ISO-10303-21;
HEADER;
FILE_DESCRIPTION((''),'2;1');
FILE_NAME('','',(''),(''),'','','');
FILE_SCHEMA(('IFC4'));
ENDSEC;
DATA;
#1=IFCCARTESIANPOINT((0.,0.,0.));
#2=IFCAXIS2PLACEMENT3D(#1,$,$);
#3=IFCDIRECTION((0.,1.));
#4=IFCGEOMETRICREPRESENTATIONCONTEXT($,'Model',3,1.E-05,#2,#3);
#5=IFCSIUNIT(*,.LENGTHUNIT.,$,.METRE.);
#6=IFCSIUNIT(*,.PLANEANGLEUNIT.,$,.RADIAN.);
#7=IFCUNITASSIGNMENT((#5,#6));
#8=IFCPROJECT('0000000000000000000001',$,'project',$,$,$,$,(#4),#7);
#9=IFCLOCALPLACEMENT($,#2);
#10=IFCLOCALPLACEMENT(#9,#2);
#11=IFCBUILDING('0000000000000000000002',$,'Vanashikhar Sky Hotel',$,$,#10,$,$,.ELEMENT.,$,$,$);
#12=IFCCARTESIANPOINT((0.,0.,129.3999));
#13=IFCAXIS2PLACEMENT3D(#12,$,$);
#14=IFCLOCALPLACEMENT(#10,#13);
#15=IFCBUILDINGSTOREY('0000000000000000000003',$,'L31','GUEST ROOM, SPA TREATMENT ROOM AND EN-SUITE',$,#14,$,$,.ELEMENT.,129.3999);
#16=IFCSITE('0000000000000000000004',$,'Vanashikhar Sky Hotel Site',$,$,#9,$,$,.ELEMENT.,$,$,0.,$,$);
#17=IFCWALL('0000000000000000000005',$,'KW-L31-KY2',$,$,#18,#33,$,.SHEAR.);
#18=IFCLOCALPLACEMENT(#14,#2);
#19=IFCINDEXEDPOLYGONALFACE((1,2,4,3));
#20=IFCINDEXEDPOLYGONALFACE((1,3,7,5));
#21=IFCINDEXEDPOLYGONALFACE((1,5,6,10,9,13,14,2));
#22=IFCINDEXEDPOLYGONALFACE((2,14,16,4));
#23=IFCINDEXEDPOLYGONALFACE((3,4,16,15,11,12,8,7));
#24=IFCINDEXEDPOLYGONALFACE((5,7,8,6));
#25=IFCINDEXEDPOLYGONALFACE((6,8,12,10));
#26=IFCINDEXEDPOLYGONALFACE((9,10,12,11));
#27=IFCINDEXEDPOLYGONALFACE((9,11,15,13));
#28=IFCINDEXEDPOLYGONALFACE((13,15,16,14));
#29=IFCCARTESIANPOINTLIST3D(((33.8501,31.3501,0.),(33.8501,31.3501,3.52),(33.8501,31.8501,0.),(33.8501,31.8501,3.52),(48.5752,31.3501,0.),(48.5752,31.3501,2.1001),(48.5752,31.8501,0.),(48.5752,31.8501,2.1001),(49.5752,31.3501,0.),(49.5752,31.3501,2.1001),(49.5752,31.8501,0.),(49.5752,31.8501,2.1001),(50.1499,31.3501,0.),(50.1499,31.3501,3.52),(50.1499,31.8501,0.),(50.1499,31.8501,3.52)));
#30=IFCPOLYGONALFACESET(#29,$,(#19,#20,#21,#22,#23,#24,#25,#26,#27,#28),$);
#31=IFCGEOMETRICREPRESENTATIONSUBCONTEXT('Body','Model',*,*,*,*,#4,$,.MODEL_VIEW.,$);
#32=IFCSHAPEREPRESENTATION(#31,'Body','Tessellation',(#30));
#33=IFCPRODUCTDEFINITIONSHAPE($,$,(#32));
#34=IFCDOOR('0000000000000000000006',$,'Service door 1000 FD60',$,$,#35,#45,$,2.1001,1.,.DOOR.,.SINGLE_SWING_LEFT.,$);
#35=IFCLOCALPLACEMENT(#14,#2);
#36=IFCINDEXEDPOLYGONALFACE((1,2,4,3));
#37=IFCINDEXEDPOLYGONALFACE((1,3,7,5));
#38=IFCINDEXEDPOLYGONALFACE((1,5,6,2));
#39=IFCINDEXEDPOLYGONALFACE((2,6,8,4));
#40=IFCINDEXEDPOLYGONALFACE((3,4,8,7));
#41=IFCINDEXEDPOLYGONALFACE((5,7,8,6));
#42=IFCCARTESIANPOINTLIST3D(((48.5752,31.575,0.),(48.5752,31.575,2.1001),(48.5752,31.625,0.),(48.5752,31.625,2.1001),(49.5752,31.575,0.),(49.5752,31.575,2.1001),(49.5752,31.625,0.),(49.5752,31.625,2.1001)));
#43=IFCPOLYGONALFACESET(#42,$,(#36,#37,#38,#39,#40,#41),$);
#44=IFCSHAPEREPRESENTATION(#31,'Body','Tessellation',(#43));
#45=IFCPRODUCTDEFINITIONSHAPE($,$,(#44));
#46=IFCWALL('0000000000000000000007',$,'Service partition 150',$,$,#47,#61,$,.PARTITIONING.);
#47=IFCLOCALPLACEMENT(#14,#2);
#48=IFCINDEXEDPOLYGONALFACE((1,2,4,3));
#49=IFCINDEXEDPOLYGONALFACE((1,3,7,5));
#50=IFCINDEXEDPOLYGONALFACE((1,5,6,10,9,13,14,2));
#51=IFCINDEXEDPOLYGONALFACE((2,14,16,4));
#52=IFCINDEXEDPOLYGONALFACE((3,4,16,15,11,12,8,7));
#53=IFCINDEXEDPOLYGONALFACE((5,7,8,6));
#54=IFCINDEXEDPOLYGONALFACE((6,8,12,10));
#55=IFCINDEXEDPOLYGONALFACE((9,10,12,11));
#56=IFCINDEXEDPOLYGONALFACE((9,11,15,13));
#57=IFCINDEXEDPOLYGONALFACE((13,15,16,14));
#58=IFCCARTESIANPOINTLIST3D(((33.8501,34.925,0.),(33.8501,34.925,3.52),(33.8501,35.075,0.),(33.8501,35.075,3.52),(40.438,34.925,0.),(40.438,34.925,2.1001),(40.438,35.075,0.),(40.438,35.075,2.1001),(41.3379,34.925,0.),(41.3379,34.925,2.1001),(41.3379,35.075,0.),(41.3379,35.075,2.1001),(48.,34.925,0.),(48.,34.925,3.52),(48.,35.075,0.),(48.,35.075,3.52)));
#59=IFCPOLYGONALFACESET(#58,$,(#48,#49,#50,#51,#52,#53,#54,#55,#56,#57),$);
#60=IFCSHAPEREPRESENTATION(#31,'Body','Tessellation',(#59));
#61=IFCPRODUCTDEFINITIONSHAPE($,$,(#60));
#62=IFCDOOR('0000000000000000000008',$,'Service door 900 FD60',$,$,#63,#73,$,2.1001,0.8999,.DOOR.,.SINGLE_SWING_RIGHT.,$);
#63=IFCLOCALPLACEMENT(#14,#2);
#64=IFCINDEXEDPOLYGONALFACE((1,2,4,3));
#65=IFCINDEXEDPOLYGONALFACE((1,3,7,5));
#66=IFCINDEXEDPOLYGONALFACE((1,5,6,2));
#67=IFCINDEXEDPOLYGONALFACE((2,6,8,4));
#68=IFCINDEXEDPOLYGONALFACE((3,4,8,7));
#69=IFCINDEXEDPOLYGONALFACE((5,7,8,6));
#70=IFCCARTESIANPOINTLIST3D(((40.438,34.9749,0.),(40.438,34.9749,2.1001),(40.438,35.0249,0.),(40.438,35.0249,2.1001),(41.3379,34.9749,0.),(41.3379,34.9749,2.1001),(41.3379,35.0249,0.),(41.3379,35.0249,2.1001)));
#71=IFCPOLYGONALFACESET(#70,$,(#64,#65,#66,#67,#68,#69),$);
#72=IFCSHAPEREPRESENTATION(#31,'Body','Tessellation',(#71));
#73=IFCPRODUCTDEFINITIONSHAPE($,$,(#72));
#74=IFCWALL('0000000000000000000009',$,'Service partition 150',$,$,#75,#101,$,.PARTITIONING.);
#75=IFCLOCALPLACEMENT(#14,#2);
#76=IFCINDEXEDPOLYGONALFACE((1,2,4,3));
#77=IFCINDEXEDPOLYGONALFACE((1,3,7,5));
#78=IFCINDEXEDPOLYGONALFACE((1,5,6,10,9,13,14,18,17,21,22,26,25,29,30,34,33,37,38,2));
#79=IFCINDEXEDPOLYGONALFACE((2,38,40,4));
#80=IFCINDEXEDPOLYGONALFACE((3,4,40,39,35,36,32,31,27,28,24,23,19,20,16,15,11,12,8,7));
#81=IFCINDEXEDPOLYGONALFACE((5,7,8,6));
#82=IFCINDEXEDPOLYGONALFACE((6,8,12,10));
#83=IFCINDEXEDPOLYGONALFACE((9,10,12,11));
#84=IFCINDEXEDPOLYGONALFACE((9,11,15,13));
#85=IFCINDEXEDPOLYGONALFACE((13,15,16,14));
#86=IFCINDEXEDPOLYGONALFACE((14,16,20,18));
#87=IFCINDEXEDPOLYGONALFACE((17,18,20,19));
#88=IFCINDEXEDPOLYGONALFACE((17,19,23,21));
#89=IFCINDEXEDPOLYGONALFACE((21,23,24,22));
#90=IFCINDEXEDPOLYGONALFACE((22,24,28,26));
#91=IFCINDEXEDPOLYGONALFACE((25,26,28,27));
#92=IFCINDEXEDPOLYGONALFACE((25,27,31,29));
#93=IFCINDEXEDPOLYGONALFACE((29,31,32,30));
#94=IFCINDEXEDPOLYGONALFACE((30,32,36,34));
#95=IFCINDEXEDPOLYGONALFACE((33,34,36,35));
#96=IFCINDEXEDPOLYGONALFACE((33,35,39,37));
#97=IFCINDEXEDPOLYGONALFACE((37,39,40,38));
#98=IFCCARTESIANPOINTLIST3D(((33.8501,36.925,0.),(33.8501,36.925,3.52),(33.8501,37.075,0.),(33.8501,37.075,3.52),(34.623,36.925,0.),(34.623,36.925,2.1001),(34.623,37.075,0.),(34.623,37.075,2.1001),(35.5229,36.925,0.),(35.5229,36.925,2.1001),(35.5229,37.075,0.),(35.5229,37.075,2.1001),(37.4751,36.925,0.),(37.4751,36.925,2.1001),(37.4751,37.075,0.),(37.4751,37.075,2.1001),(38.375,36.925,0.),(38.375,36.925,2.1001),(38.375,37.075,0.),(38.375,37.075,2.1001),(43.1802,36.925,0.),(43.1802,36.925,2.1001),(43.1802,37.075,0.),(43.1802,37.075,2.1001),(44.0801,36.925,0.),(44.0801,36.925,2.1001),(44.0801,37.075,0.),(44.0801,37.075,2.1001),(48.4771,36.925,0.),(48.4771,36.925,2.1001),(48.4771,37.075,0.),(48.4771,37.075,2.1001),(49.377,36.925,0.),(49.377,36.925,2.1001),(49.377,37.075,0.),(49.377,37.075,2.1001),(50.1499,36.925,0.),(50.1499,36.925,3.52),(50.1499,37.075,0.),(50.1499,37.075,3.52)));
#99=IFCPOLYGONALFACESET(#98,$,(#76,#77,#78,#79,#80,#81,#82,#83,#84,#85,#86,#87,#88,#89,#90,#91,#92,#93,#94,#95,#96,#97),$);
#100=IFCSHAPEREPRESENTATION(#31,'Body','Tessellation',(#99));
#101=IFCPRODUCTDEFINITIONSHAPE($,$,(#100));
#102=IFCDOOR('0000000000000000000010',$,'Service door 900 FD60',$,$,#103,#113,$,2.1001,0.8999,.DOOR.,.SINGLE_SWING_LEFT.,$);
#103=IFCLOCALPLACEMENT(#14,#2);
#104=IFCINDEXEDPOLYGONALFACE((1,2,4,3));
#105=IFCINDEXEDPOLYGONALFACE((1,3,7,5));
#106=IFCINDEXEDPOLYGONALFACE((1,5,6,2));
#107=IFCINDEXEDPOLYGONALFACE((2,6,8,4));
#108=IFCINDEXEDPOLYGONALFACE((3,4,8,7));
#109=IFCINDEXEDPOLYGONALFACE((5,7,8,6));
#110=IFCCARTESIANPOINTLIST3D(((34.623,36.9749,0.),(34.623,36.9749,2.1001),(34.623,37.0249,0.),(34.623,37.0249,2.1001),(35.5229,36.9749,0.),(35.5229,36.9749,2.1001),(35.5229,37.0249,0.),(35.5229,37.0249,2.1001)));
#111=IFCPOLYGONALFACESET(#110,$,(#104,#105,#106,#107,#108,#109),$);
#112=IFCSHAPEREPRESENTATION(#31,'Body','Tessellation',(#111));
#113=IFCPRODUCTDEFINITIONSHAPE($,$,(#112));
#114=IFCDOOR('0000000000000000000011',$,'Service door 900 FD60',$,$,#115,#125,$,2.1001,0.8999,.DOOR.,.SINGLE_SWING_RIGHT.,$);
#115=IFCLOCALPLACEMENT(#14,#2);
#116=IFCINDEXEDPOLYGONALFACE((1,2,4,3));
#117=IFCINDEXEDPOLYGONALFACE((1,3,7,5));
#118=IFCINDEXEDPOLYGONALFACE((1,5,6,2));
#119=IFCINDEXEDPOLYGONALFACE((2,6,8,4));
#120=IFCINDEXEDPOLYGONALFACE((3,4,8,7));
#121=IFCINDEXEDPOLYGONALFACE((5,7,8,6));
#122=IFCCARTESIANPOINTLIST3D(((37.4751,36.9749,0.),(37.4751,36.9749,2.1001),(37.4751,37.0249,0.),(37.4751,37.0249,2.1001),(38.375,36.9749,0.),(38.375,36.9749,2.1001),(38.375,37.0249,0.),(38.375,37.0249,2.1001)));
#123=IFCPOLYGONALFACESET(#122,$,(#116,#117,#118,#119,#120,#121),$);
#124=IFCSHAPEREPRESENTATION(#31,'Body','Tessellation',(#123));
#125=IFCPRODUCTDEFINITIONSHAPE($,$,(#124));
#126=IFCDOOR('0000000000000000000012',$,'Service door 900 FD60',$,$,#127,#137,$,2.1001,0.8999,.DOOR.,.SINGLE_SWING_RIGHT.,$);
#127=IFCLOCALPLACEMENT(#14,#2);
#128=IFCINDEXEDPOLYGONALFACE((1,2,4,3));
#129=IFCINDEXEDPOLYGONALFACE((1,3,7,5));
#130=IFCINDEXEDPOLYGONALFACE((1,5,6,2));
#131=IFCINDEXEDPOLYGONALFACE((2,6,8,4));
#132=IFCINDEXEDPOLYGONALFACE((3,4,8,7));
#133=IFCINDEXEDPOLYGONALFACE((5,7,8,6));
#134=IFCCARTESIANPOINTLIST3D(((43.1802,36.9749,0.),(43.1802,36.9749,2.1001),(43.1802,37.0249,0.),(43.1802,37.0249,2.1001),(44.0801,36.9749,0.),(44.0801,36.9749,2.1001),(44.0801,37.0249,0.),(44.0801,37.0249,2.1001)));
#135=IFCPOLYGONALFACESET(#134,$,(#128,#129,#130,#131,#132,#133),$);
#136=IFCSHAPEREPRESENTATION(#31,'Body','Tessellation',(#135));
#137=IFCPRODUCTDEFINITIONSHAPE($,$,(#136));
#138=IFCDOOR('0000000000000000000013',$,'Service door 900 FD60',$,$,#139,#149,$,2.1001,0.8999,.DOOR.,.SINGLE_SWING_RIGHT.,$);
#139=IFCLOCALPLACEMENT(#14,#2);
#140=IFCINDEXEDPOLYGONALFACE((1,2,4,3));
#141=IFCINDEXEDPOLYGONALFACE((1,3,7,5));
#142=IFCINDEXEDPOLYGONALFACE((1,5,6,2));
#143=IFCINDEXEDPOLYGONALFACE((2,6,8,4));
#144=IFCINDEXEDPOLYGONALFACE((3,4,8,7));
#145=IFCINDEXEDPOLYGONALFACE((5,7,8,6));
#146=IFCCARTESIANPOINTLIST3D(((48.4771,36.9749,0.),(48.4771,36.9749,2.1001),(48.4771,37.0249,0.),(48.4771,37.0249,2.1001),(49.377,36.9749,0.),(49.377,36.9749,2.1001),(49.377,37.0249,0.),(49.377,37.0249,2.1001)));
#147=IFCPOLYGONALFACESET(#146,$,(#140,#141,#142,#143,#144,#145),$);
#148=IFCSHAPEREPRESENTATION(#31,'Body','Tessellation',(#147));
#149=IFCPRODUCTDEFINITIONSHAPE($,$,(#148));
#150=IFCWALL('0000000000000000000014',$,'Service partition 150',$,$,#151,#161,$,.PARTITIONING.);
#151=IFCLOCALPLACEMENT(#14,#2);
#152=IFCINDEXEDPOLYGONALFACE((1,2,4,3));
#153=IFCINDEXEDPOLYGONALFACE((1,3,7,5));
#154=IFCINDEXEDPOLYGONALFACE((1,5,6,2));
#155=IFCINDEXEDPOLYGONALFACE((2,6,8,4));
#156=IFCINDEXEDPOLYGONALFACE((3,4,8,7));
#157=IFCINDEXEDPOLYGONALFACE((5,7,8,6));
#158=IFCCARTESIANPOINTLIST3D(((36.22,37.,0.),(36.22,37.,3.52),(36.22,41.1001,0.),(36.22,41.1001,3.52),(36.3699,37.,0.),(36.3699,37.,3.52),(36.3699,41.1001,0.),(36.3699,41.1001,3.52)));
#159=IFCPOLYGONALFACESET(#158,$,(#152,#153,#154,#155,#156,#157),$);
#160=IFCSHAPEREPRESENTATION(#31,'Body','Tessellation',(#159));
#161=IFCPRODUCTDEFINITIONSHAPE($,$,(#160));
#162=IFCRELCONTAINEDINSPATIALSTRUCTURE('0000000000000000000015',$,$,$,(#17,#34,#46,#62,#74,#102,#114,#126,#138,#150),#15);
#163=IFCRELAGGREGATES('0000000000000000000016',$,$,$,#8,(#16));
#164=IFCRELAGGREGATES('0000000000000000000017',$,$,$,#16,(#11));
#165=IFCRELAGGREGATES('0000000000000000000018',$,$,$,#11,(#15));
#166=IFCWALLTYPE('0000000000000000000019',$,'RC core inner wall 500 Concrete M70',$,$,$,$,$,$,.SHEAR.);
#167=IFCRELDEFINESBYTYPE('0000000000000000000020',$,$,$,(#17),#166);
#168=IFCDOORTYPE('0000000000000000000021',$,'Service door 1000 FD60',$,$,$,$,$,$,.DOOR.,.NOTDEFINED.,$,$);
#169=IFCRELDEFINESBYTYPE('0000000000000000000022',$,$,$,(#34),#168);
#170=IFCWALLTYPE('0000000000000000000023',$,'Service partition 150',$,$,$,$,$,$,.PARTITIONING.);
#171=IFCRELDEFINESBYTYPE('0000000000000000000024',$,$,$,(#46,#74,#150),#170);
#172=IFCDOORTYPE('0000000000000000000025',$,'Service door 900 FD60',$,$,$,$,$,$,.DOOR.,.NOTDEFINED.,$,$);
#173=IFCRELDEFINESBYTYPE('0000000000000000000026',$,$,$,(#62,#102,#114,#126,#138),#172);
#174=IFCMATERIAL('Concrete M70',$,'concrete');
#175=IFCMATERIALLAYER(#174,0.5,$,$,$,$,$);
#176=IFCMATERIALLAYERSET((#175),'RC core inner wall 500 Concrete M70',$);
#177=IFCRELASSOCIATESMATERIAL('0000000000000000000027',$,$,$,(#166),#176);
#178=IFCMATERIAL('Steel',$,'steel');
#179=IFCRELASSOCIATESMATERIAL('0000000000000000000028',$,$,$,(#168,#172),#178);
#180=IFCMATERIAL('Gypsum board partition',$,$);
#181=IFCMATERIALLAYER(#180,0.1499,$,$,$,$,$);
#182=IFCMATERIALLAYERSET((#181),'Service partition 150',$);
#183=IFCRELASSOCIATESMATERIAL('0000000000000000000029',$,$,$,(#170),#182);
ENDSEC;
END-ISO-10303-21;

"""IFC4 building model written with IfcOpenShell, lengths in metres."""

from ifc_helpers import new_model, si_unit, direction, frame, frame_2d, origin, place, context, subcontext, project, spatial, rectangle, extrude, source, transform, mapped, material, layer, layer_set, type_object, element, fill, save


model = new_model("IFC4")

# Units and contexts
model_context = context("Model", 3, precision=1e-05, world=origin(), true_north=direction((0.0, 1.0)))
body_context = subcontext(model_context, "Body", "Model", "MODEL_VIEW")
ifc_project = project(units=[si_unit("LENGTHUNIT", "METRE"), si_unit("PLANEANGLEUNIT", "RADIAN")], contexts=[model_context])

# Site, building, storey
site_placement = place(None, origin())
site = spatial("IfcSite", under=ifc_project, at=site_placement, Name="Vanashikhar Sky Hotel Site", CompositionType="ELEMENT", RefElevation=0.0)
building_placement = place(site_placement, origin())
building = spatial("IfcBuilding", under=site, at=building_placement, Name="Vanashikhar Sky Hotel", CompositionType="ELEMENT")
storey_placement = place(building_placement, frame((0.0, 0.0, 129.3999)))
storey = spatial("IfcBuildingStorey", under=building, at=storey_placement, Name="L31", Description="GUEST ROOM, SPA TREATMENT ROOM AND EN-SUITE", CompositionType="ELEMENT", Elevation=129.3999)

# Walls, openings, doors
ifc_material_1 = material(Name="Concrete M70", Category="concrete")
ifc_layer_1 = layer(ifc_material_1, 0.5)
ifc_layer_set_1 = layer_set([ifc_layer_1], Name="RC core inner wall 500 Concrete M70")
wall_type_1 = type_object("IfcWallType", Name="RC core inner wall 500 Concrete M70", PredefinedType="SHEAR", material=ifc_layer_set_1)
shared_shape_1 = source(origin(), body_context, "Body", "SweptSolid", [
    extrude(rectangle(XDim=16.2998, YDim=0.5, at=frame_2d((8.1499, 0.0))), origin(), (0.0, 0.0, 1.0), 3.52),
])
wall_1_placement = place(storey_placement, frame((33.8501, 31.6001, 0.0), z_axis=(0.0, 0.0, 1.0), x_axis=(1.0, 0.0, 0.0)))
wall_1 = element("IfcWall", 1, at=wall_1_placement, inside=storey, type_object=wall_type_1, Name="KW-L31-KY2", PredefinedType="SHEAR", context=body_context, shape_type="MappedRepresentation", body=[
    mapped(shared_shape_1, transform((0.0, 0.0, 0.0), scale=1.0)),
])
shared_shape_2 = source(origin(), body_context, "Body", "SweptSolid", [
    extrude(rectangle(XDim=1.0, YDim=2.1001, at=frame_2d((0.5, 1.05))), frame((0.0, 0.26, 0.0), z_axis=(0.0, -1.0, 0.0), x_axis=(1.0, 0.0, 0.0)), (0.0, 0.0, 1.0), 0.52),
])
opening_1_placement = place(wall_1_placement, frame((14.7251, 0.0, 0.0)))
opening_1 = element("IfcOpeningElement", 2, at=opening_1_placement, cuts=wall_1, PredefinedType="OPENING", context=body_context, shape_type="MappedRepresentation", body=[
    mapped(shared_shape_2, transform((0.0, 0.0, 0.0), scale=1.0)),
])
ifc_material_2 = material(Name="Steel", Category="steel")
door_type_1 = type_object("IfcDoorType", Name="Service door 1000 FD60", OperationType="NOTDEFINED", PredefinedType="DOOR", material=ifc_material_2)
shared_shape_3 = source(origin(), body_context, "Body", "SweptSolid", [
    extrude(rectangle(XDim=1.0, YDim=2.1001, at=frame_2d((0.5, 1.05))), frame((0.0, 0.0249, 0.0), z_axis=(0.0, -1.0, 0.0), x_axis=(1.0, 0.0, 0.0)), (0.0, 0.0, 1.0), 0.05),
])
door_1_placement = place(opening_1_placement, origin())
door_1 = element("IfcDoor", 3, at=door_1_placement, inside=storey, type_object=door_type_1, Name="Service door 1000 FD60", OperationType="SINGLE_SWING_LEFT", OverallHeight=2.1001, OverallWidth=1.0, PredefinedType="DOOR", context=body_context, shape_type="MappedRepresentation", body=[
    mapped(shared_shape_3, transform((0.0, 0.0, 0.0), scale=1.0)),
])
fill(opening_1, door_1)
ifc_material_3 = material(Name="Gypsum board partition")
ifc_layer_2 = layer(ifc_material_3, 0.1499)
ifc_layer_set_2 = layer_set([ifc_layer_2], Name="Service partition 150")
wall_type_2 = type_object("IfcWallType", Name="Service partition 150", PredefinedType="PARTITIONING", material=ifc_layer_set_2)
shared_shape_4 = source(origin(), body_context, "Body", "SweptSolid", [
    extrude(rectangle(XDim=14.1499, YDim=0.1499, at=frame_2d((7.075, 0.0))), origin(), (0.0, 0.0, 1.0), 3.52),
])
wall_2_placement = place(storey_placement, frame((33.8501, 35.0, 0.0), z_axis=(0.0, 0.0, 1.0), x_axis=(1.0, 0.0, 0.0)))
wall_2 = element("IfcWall", 4, at=wall_2_placement, inside=storey, type_object=wall_type_2, Name="Service partition 150", PredefinedType="PARTITIONING", context=body_context, shape_type="MappedRepresentation", body=[
    mapped(shared_shape_4, transform((0.0, 0.0, 0.0), scale=1.0)),
])
shared_shape_5 = source(origin(), body_context, "Body", "SweptSolid", [
    extrude(rectangle(XDim=0.8999, YDim=2.1001, at=frame_2d((0.45, 1.05))), frame((0.0, 0.085, 0.0), z_axis=(0.0, -1.0, 0.0), x_axis=(1.0, 0.0, 0.0)), (0.0, 0.0, 1.0), 0.1699),
])
opening_2_placement = place(wall_2_placement, frame((6.5879, 0.0, 0.0)))
opening_2 = element("IfcOpeningElement", 5, at=opening_2_placement, cuts=wall_2, PredefinedType="OPENING", context=body_context, shape_type="MappedRepresentation", body=[
    mapped(shared_shape_5, transform((0.0, 0.0, 0.0), scale=1.0)),
])
door_type_2 = type_object("IfcDoorType", Name="Service door 900 FD60", OperationType="NOTDEFINED", PredefinedType="DOOR", material=ifc_material_2)
shared_shape_6 = source(origin(), body_context, "Body", "SweptSolid", [
    extrude(rectangle(XDim=0.8999, YDim=2.1001, at=frame_2d((0.45, 1.05))), frame((0.0, 0.0249, 0.0), z_axis=(0.0, -1.0, 0.0), x_axis=(1.0, 0.0, 0.0)), (0.0, 0.0, 1.0), 0.05),
])
door_2_placement = place(opening_2_placement, origin())
door_2 = element("IfcDoor", 6, at=door_2_placement, inside=storey, type_object=door_type_2, Name="Service door 900 FD60", OperationType="SINGLE_SWING_RIGHT", OverallHeight=2.1001, OverallWidth=0.8999, PredefinedType="DOOR", context=body_context, shape_type="MappedRepresentation", body=[
    mapped(shared_shape_6, transform((0.0, 0.0, 0.0), scale=1.0)),
])
fill(opening_2, door_2)

# Wall, openings, doors
shared_shape_7 = source(origin(), body_context, "Body", "SweptSolid", [
    extrude(rectangle(XDim=16.2998, YDim=0.1499, at=frame_2d((8.1499, 0.0))), origin(), (0.0, 0.0, 1.0), 3.52),
])
wall_3_placement = place(storey_placement, frame((33.8501, 37.0, 0.0), z_axis=(0.0, 0.0, 1.0), x_axis=(1.0, 0.0, 0.0)))
wall_3 = element("IfcWall", 7, at=wall_3_placement, inside=storey, type_object=wall_type_2, Name="Service partition 150", PredefinedType="PARTITIONING", context=body_context, shape_type="MappedRepresentation", body=[
    mapped(shared_shape_7, transform((0.0, 0.0, 0.0), scale=1.0)),
])
opening_3_placement = place(wall_3_placement, frame((0.7729, 0.0, 0.0)))
opening_3 = element("IfcOpeningElement", 8, at=opening_3_placement, cuts=wall_3, PredefinedType="OPENING", context=body_context, shape_type="MappedRepresentation", body=[
    mapped(shared_shape_5, transform((0.0, 0.0, 0.0), scale=1.0)),
])
opening_4_placement = place(wall_3_placement, frame((3.625, 0.0, 0.0)))
opening_4 = element("IfcOpeningElement", 9, at=opening_4_placement, cuts=wall_3, PredefinedType="OPENING", context=body_context, shape_type="MappedRepresentation", body=[
    mapped(shared_shape_5, transform((0.0, 0.0, 0.0), scale=1.0)),
])
opening_5_placement = place(wall_3_placement, frame((9.3301, 0.0, 0.0)))
opening_5 = element("IfcOpeningElement", 10, at=opening_5_placement, cuts=wall_3, PredefinedType="OPENING", context=body_context, shape_type="MappedRepresentation", body=[
    mapped(shared_shape_5, transform((0.0, 0.0, 0.0), scale=1.0)),
])
opening_6_placement = place(wall_3_placement, frame((14.627, 0.0, 0.0)))
opening_6 = element("IfcOpeningElement", 11, at=opening_6_placement, cuts=wall_3, PredefinedType="OPENING", context=body_context, shape_type="MappedRepresentation", body=[
    mapped(shared_shape_5, transform((0.0, 0.0, 0.0), scale=1.0)),
])
door_3_placement = place(opening_3_placement, origin())
door_3 = element("IfcDoor", 12, at=door_3_placement, inside=storey, type_object=door_type_2, Name="Service door 900 FD60", OperationType="SINGLE_SWING_LEFT", OverallHeight=2.1001, OverallWidth=0.8999, PredefinedType="DOOR", context=body_context, shape_type="MappedRepresentation", body=[
    mapped(shared_shape_6, transform((0.0, 0.0, 0.0), scale=1.0)),
])
fill(opening_3, door_3)
door_4_placement = place(opening_4_placement, origin())
door_4 = element("IfcDoor", 13, at=door_4_placement, inside=storey, type_object=door_type_2, Name="Service door 900 FD60", OperationType="SINGLE_SWING_RIGHT", OverallHeight=2.1001, OverallWidth=0.8999, PredefinedType="DOOR", context=body_context, shape_type="MappedRepresentation", body=[
    mapped(shared_shape_6, transform((0.0, 0.0, 0.0), scale=1.0)),
])
fill(opening_4, door_4)
door_5_placement = place(opening_5_placement, origin())
door_5 = element("IfcDoor", 14, at=door_5_placement, inside=storey, type_object=door_type_2, Name="Service door 900 FD60", OperationType="SINGLE_SWING_RIGHT", OverallHeight=2.1001, OverallWidth=0.8999, PredefinedType="DOOR", context=body_context, shape_type="MappedRepresentation", body=[
    mapped(shared_shape_6, transform((0.0, 0.0, 0.0), scale=1.0)),
])
fill(opening_5, door_5)
door_6_placement = place(opening_6_placement, origin())
door_6 = element("IfcDoor", 15, at=door_6_placement, inside=storey, type_object=door_type_2, Name="Service door 900 FD60", OperationType="SINGLE_SWING_RIGHT", OverallHeight=2.1001, OverallWidth=0.8999, PredefinedType="DOOR", context=body_context, shape_type="MappedRepresentation", body=[
    mapped(shared_shape_6, transform((0.0, 0.0, 0.0), scale=1.0)),
])
fill(opening_6, door_6)

# Wall
shared_shape_8 = source(origin(), body_context, "Body", "SweptSolid", [
    extrude(rectangle(XDim=4.1001, YDim=0.1499, at=frame_2d((2.05, 0.0))), origin(), (0.0, 0.0, 1.0), 3.52),
])
for number, where, z_axis, x_axis, name in (
    (16, (36.2949, 37.0, 0.0), (0.0, 0.0, 1.0), (0.0, 1.0, 0.0), "Service partition 150"),
):
    element("IfcWall", number, at=place(storey_placement, frame(where, z_axis=z_axis, x_axis=x_axis)), inside=storey, type_object=wall_type_2, Name=name, PredefinedType="PARTITIONING", context=body_context, shape_type="MappedRepresentation", body=[
        mapped(shared_shape_8, transform((0.0, 0.0, 0.0), scale=1.0)),
    ])

save(model, "model.ifc")
